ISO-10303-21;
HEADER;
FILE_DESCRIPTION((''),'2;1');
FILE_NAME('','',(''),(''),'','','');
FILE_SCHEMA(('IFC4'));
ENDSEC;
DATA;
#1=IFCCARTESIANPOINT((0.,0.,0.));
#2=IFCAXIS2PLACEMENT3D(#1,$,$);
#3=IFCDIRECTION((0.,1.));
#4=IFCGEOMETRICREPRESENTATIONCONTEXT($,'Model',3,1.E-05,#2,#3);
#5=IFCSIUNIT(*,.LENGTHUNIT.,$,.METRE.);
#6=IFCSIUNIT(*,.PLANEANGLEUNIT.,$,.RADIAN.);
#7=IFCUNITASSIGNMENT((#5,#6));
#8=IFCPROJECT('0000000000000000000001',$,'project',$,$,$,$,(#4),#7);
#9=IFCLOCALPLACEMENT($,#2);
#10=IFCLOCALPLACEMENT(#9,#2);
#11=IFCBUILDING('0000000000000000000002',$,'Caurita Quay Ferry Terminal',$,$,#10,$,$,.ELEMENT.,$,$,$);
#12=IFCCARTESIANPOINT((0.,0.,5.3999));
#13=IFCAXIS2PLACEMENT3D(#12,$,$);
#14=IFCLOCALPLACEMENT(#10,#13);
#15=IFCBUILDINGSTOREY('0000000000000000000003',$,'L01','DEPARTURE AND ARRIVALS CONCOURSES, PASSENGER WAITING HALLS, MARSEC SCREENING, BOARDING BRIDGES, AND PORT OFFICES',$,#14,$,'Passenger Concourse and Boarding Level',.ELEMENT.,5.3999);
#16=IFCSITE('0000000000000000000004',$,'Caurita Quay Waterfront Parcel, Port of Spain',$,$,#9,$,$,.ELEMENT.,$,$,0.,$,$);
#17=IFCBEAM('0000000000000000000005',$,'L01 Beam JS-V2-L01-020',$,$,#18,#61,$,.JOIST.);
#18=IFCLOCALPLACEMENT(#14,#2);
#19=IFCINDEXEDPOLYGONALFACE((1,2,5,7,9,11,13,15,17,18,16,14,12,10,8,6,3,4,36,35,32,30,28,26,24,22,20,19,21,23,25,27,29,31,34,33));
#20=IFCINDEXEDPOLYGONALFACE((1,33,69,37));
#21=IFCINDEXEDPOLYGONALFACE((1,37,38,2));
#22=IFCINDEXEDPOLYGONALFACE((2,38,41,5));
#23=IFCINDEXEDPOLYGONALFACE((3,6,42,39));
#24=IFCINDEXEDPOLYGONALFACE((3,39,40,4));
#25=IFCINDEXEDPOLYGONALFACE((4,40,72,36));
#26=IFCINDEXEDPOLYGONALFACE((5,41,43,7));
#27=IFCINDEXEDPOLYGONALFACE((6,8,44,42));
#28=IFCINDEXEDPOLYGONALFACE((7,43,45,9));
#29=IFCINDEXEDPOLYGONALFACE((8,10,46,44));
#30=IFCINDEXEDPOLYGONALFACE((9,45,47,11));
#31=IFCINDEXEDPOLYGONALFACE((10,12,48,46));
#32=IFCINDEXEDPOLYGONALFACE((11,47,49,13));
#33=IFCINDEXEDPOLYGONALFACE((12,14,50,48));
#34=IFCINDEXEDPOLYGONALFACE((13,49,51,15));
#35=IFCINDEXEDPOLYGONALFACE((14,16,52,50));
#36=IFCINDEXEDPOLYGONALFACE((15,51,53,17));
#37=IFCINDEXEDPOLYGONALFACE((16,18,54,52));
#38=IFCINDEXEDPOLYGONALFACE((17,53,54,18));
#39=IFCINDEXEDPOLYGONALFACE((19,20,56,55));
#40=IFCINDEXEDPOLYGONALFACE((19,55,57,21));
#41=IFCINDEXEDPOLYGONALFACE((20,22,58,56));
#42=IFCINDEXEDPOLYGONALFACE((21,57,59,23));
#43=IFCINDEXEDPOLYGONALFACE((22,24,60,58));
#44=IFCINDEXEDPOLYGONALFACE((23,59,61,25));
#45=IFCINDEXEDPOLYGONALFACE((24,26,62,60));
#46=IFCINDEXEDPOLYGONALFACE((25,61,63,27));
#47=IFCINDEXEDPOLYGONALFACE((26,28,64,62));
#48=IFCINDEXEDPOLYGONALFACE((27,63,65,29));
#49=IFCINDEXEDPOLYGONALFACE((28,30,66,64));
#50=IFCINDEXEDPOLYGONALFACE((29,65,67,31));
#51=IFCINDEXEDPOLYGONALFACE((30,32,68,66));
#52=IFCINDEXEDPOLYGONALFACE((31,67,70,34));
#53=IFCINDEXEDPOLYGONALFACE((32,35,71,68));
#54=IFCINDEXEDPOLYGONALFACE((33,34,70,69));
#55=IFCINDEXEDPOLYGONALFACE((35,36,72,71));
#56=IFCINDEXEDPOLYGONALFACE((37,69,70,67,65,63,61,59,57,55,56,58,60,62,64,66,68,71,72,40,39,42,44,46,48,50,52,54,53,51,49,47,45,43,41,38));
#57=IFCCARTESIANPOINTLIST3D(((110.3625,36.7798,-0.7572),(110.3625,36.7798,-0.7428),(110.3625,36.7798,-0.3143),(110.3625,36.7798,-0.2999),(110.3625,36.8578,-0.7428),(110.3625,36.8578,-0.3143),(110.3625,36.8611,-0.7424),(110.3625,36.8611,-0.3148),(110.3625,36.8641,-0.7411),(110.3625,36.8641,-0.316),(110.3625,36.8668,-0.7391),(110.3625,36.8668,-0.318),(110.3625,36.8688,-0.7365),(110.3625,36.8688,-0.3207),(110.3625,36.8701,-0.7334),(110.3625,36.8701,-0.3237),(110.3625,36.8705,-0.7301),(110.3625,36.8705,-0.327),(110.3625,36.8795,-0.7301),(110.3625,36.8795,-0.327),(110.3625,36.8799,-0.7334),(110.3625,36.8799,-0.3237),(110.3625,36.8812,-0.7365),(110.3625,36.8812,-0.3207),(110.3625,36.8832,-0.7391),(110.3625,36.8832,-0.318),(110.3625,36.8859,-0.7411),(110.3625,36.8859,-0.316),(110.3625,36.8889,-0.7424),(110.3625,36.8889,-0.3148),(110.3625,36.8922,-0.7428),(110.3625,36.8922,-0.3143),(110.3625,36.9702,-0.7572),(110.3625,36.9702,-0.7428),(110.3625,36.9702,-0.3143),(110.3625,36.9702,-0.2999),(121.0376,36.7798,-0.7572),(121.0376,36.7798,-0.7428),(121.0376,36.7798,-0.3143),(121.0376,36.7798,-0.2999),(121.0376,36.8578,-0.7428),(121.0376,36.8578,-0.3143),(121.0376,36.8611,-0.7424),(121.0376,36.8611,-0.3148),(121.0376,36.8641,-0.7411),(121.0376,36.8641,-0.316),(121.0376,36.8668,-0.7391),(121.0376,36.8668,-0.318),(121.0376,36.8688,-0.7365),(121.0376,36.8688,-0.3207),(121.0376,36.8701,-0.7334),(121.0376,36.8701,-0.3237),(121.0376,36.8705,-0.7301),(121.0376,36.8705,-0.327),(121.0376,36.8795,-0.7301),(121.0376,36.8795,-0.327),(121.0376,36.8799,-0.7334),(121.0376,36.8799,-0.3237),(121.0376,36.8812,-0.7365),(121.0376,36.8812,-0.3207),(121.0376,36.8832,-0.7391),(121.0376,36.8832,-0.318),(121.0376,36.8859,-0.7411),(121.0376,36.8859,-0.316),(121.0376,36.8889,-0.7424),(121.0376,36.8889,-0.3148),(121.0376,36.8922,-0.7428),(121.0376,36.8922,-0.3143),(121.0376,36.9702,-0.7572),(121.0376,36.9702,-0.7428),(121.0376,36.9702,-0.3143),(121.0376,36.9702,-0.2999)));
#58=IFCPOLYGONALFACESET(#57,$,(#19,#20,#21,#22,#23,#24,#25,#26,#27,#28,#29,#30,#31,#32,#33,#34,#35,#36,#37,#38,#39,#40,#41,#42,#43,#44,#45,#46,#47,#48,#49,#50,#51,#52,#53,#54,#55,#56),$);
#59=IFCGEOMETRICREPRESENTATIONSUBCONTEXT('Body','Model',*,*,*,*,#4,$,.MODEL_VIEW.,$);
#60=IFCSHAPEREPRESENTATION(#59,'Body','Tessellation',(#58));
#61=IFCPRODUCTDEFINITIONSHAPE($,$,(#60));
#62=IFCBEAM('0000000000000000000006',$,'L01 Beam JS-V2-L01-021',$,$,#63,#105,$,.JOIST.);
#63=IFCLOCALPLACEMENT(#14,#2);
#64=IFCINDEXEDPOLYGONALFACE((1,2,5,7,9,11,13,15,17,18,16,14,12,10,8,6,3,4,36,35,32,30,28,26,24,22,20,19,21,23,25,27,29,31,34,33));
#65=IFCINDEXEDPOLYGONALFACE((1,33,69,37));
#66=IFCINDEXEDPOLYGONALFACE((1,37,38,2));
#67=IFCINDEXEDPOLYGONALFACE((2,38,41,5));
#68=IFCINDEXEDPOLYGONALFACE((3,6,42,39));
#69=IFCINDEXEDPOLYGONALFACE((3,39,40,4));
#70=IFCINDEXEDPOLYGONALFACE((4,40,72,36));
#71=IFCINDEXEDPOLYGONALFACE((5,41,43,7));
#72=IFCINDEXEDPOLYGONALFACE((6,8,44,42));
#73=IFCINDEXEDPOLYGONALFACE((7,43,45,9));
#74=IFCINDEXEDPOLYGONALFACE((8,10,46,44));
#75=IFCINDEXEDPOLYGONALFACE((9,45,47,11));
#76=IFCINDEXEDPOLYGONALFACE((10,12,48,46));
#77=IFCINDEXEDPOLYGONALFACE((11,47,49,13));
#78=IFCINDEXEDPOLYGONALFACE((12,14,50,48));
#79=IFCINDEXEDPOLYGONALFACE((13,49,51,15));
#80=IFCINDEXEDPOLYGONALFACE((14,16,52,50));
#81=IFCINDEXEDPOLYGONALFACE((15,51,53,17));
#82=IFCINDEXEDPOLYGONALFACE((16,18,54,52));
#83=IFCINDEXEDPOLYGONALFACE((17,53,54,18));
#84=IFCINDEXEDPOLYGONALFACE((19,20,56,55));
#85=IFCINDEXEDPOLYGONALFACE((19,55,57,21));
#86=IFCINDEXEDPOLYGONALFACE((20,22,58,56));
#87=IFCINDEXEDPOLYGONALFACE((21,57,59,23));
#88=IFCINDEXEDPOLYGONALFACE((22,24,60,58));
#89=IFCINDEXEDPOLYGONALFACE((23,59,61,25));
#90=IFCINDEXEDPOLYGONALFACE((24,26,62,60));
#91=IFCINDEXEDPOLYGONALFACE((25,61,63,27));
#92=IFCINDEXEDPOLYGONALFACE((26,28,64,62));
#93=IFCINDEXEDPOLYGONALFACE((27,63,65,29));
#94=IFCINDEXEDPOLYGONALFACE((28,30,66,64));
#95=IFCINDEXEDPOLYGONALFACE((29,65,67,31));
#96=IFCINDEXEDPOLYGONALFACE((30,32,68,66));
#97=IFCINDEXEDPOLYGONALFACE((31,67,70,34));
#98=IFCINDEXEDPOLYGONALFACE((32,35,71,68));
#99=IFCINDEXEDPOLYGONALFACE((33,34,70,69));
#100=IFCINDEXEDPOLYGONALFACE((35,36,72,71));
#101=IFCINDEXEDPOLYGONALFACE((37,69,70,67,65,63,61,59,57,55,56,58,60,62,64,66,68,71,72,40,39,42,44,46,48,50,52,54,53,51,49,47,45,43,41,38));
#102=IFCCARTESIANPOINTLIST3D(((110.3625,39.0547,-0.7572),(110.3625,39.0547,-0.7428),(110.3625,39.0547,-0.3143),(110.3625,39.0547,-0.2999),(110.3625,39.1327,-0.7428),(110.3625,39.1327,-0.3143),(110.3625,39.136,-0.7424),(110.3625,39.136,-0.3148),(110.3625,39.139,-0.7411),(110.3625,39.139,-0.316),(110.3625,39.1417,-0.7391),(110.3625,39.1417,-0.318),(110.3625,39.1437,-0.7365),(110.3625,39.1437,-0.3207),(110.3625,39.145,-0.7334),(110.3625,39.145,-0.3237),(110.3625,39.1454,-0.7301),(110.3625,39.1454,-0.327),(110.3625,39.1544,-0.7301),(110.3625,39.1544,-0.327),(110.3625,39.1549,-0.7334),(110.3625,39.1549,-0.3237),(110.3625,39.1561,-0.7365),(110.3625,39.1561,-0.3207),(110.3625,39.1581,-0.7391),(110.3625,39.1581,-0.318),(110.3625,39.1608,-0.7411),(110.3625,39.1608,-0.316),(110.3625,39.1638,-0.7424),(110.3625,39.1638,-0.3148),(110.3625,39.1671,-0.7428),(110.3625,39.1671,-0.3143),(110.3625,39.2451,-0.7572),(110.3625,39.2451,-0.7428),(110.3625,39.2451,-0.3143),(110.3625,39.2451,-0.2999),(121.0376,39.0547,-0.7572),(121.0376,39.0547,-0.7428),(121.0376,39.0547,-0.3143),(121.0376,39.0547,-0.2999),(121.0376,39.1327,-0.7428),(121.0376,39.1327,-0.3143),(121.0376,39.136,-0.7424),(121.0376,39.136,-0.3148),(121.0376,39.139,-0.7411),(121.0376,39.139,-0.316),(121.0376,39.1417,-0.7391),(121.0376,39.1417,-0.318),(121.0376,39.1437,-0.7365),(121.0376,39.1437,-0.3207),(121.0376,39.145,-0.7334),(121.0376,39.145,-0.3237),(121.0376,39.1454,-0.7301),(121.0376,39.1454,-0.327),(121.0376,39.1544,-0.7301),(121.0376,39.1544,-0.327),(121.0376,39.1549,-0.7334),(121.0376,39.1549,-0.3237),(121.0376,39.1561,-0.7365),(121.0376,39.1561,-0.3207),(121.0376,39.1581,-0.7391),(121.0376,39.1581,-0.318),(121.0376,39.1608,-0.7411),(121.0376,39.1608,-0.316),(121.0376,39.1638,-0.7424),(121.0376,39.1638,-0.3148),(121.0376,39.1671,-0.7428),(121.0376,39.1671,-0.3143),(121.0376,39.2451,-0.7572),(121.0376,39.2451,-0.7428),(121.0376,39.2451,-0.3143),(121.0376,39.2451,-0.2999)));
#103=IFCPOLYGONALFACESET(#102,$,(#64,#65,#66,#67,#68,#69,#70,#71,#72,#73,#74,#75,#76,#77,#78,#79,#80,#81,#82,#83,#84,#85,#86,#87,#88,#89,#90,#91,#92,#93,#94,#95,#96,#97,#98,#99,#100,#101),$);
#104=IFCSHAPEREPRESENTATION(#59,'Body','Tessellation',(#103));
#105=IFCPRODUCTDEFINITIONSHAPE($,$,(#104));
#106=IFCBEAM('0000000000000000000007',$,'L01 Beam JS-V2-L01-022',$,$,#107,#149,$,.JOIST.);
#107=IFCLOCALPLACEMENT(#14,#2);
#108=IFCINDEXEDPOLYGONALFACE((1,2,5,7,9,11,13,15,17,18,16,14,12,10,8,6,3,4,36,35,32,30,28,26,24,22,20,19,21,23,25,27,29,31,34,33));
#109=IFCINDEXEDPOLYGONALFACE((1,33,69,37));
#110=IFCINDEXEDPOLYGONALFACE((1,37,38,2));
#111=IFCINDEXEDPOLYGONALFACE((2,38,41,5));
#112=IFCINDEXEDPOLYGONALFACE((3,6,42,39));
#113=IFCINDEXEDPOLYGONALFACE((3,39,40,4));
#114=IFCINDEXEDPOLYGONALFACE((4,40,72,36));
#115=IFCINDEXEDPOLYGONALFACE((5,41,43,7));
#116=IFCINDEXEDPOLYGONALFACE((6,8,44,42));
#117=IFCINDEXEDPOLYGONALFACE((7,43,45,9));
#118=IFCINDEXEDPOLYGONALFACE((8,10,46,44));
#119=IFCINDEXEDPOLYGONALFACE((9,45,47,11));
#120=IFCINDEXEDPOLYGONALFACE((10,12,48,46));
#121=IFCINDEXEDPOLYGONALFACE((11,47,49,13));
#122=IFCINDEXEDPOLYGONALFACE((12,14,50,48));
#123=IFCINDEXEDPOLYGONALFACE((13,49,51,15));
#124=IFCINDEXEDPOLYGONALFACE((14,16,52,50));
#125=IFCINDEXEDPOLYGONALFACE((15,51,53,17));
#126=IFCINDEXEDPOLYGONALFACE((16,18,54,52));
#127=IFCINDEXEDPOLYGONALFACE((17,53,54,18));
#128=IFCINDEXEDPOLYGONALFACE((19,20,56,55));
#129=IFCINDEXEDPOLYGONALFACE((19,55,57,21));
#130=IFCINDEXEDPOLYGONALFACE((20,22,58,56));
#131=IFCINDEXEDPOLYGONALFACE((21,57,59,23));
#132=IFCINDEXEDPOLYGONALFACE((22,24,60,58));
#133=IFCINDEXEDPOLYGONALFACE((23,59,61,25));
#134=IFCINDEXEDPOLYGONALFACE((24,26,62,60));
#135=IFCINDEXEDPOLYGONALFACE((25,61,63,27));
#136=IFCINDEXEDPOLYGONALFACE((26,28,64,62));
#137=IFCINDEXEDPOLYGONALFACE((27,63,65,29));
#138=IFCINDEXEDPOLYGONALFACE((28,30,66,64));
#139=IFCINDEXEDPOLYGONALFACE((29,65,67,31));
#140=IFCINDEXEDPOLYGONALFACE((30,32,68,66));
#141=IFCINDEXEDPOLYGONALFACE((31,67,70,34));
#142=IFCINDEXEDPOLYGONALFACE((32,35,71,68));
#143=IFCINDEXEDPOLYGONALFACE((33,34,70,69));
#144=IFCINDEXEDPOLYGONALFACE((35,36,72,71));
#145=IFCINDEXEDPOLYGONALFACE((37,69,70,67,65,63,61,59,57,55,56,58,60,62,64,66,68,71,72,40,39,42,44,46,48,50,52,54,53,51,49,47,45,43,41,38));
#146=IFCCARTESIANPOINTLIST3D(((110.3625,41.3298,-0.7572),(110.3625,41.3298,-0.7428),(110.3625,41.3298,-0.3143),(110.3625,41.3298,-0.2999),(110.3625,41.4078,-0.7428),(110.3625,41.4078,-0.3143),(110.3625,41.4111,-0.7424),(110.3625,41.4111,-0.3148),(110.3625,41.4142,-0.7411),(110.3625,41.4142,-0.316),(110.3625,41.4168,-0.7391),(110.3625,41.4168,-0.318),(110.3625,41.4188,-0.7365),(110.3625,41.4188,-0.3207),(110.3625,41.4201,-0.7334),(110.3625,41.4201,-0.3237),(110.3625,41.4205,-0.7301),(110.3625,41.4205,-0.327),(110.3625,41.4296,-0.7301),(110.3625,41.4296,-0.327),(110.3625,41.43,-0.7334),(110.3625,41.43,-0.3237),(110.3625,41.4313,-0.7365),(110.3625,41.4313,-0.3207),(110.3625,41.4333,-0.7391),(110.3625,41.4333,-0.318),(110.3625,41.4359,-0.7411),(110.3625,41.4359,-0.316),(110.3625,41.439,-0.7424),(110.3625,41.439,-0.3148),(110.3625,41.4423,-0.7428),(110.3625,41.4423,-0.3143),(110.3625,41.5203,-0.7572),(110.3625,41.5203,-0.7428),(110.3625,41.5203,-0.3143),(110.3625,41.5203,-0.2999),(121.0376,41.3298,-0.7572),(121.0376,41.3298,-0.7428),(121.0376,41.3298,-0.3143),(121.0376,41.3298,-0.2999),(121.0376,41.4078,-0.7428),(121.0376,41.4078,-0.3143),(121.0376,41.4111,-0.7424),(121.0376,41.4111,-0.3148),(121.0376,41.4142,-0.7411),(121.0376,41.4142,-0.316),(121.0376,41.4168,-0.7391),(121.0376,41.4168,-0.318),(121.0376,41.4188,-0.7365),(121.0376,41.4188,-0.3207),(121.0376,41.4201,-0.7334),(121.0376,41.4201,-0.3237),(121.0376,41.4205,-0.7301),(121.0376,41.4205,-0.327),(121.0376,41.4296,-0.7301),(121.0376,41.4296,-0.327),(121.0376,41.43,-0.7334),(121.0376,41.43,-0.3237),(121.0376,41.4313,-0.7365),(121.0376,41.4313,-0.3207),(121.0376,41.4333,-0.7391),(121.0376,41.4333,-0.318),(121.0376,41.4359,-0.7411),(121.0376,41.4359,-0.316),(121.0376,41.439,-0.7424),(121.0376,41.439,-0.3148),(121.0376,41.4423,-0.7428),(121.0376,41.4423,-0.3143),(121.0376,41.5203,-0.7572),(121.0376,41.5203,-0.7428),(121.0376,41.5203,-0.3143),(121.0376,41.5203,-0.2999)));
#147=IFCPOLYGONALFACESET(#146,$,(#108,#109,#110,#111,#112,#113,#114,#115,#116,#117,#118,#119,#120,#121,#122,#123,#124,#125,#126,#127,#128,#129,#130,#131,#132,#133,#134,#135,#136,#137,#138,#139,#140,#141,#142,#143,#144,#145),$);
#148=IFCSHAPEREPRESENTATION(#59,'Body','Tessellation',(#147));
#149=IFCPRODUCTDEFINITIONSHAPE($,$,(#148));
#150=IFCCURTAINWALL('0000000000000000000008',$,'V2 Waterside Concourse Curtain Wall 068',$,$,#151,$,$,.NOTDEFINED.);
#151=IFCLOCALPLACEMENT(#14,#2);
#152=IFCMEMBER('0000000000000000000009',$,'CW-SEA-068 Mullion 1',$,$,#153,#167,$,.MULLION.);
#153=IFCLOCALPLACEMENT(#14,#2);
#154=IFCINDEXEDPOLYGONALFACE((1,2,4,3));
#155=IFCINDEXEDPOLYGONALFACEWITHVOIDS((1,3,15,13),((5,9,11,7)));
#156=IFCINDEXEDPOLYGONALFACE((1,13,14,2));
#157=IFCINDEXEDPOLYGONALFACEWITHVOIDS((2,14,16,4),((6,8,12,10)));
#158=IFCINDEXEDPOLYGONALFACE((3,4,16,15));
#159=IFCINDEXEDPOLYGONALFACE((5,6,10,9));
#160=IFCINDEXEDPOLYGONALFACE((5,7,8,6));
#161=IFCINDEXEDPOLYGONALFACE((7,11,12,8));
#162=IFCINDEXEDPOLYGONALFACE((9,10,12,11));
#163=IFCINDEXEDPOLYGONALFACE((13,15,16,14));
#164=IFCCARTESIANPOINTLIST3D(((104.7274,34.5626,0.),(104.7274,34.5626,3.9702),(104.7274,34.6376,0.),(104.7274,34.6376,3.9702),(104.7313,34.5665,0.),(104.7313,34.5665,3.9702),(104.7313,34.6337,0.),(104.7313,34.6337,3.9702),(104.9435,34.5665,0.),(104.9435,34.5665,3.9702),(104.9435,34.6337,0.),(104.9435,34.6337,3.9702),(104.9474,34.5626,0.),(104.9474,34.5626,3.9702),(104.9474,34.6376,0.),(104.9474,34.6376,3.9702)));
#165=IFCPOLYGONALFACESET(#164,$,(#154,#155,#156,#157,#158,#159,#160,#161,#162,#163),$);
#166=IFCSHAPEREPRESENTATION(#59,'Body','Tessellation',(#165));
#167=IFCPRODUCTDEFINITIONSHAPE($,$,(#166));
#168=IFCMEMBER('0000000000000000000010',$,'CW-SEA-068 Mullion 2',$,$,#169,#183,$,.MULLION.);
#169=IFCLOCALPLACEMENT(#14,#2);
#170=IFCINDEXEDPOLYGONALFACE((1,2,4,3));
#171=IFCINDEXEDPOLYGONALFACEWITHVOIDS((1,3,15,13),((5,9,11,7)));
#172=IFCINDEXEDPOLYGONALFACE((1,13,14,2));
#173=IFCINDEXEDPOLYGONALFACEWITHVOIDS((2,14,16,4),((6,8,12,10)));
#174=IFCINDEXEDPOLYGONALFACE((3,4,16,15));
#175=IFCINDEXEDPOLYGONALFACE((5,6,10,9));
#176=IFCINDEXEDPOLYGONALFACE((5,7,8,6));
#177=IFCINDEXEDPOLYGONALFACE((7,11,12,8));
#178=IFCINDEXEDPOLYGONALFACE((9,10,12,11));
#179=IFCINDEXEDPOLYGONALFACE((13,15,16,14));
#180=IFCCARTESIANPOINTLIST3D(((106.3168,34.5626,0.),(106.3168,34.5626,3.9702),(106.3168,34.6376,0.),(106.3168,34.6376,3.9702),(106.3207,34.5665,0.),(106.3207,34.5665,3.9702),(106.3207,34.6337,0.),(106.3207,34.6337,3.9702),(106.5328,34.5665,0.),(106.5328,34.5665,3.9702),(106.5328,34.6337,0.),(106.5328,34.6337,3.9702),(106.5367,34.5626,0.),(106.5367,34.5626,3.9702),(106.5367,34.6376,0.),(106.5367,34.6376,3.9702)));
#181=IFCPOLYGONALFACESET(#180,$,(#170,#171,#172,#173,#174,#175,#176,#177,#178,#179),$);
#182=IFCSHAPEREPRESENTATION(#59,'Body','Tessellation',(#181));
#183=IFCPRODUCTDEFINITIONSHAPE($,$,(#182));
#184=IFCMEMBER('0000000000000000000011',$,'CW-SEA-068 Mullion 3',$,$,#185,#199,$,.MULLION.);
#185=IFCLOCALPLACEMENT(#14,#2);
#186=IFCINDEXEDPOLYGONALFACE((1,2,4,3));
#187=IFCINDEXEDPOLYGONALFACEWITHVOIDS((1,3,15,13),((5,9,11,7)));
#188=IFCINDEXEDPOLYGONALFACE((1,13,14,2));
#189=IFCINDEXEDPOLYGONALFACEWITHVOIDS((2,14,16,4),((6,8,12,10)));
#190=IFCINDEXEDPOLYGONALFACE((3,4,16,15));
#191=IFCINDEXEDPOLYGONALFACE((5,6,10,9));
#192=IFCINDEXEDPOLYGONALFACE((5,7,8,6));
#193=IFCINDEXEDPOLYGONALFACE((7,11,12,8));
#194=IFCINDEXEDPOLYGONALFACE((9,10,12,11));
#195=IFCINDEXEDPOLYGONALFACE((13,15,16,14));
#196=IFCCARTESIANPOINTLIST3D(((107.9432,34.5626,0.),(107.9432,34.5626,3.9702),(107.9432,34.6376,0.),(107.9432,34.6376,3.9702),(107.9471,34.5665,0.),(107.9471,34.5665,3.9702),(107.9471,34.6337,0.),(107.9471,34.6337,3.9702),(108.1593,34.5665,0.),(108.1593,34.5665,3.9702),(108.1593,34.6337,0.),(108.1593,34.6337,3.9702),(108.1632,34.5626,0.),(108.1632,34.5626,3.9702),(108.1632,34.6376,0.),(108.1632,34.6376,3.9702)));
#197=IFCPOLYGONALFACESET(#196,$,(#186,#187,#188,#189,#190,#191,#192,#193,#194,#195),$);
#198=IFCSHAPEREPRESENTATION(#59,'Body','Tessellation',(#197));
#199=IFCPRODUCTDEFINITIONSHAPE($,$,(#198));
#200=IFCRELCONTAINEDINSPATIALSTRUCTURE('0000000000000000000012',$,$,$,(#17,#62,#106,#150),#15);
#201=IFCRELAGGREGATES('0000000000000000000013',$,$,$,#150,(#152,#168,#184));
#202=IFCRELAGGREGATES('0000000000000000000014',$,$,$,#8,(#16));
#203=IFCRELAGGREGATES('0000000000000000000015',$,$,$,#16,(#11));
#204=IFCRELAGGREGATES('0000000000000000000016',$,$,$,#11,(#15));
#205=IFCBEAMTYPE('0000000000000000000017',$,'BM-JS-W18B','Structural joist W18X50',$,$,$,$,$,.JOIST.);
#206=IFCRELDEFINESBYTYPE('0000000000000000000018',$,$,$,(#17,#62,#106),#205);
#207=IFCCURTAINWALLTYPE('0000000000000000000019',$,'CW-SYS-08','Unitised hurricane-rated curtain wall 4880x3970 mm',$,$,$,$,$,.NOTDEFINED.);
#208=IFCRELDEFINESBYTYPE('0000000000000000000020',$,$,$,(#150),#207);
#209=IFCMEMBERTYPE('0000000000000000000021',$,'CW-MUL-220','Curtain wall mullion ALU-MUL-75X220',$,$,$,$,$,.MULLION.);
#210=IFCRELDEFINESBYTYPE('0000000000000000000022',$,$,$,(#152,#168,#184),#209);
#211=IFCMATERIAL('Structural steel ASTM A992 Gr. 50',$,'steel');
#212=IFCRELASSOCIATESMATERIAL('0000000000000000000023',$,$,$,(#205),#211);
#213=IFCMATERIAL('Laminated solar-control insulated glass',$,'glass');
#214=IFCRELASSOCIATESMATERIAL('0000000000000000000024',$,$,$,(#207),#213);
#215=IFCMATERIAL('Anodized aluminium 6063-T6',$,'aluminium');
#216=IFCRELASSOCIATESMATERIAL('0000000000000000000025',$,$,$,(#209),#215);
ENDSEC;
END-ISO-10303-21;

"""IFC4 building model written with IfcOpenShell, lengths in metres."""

from ifc_helpers import new_model, si_unit, direction, frame, origin, origin_2d, place, context, subcontext, project, spatial, hollow_rectangle, i_section, extrude, material, material_profile, profile_set, type_object, element, aggregate, save


model = new_model("IFC4")

# Units and contexts
model_context = context("Model", 3, precision=1e-05, world=origin(), true_north=direction((0.0, 1.0)))
body_context = subcontext(model_context, "Body", "Model", "MODEL_VIEW")
ifc_project = project(units=[si_unit("LENGTHUNIT", "METRE"), si_unit("PLANEANGLEUNIT", "RADIAN")], contexts=[model_context])

# Site, building, storey
site_placement = place(None, origin())
site = spatial("IfcSite", under=ifc_project, at=site_placement, Name="Caurita Quay Waterfront Parcel, Port of Spain", CompositionType="ELEMENT", RefElevation=0.0)
building_placement = place(site_placement, origin())
building = spatial("IfcBuilding", under=site, at=building_placement, Name="Caurita Quay Ferry Terminal", CompositionType="ELEMENT")
storey_placement = place(building_placement, frame((0.0, 0.0, 5.3999)))
storey = spatial("IfcBuildingStorey", under=building, at=storey_placement, Name="L01", Description="DEPARTURE AND ARRIVALS CONCOURSES, PASSENGER WAITING HALLS, MARSEC SCREENING, BOARDING BRIDGES, AND PORT OFFICES", LongName="Passenger Concourse and Boarding Level", CompositionType="ELEMENT", Elevation=5.3999)

# Beams
ifc_material_1 = material(Name="Structural steel ASTM A992 Gr. 50", Category="steel")
ifc_material_profile_1 = material_profile(ifc_material_1, i_section(OverallWidth=0.1904, OverallDepth=0.4573, WebThickness=0.009, FlangeThickness=0.0144, FilletRadius=0.0127, at=origin_2d()), Name="W18X50")
ifc_profile_set_1 = profile_set([ifc_material_profile_1], Name="Structural steel ASTM A992 Gr. 50")
beam_type_1 = type_object("IfcBeamType", Name="BM-JS-W18B", Description="Structural joist W18X50", PredefinedType="JOIST", material=ifc_profile_set_1)
for number, where, z_axis, x_axis, name in (
    (1, (110.3625, 36.875, -0.5286), (1.0, 0.0, 0.0), (0.0, 1.0, 0.0), "L01 Beam JS-V2-L01-020"),
    (2, (110.3625, 39.1499, -0.5286), (1.0, 0.0, 0.0), (0.0, 1.0, 0.0), "L01 Beam JS-V2-L01-021"),
    (3, (110.3625, 41.425, -0.5286), (1.0, 0.0, 0.0), (0.0, 1.0, 0.0), "L01 Beam JS-V2-L01-022"),
):
    element("IfcBeam", number, at=place(storey_placement, frame(where, z_axis=z_axis, x_axis=x_axis)), inside=storey, type_object=beam_type_1, Name=name, PredefinedType="JOIST", context=body_context, shape_type="SweptSolid", body=[
        extrude(i_section(OverallWidth=0.1904, OverallDepth=0.4573, WebThickness=0.009, FlangeThickness=0.0144, FilletRadius=0.0127, at=origin_2d()), origin(), (0.0, 0.0, 1.0), 10.675),
    ])

# Curtain wall, members
ifc_material_2 = material(Name="Laminated solar-control insulated glass", Category="glass")
curtain_wall_type = type_object("IfcCurtainWallType", Name="CW-SYS-08", Description="Unitised hurricane-rated curtain wall 4880x3970 mm", PredefinedType="NOTDEFINED", material=ifc_material_2)
curtain_wall_placement = place(storey_placement, origin())
curtain_wall = element("IfcCurtainWall", 4, at=curtain_wall_placement, inside=storey, type_object=curtain_wall_type, Name="V2 Waterside Concourse Curtain Wall 068", PredefinedType="NOTDEFINED")
ifc_material_3 = material(Name="Anodized aluminium 6063-T6", Category="aluminium")
ifc_material_profile_2 = material_profile(ifc_material_3, hollow_rectangle(XDim=0.075, YDim=0.22, WallThickness=0.0039, at=origin_2d()), Name="ALU-MUL-75X220")
ifc_profile_set_2 = profile_set([ifc_material_profile_2], Name="Anodized aluminium 6063-T6")
member_type_1 = type_object("IfcMemberType", Name="CW-MUL-220", Description="Curtain wall mullion ALU-MUL-75X220", PredefinedType="MULLION", material=ifc_profile_set_2)
member_1_placement = place(storey_placement, frame((104.8374, 34.6001, 0.0), z_axis=(0.0, 0.0, 1.0), x_axis=(0.0, 1.0, 0.0)))
member_1 = element("IfcMember", 5, at=member_1_placement, type_object=member_type_1, Name="CW-SEA-068 Mullion 1", PredefinedType="MULLION", context=body_context, shape_type="SweptSolid", body=[
    extrude(hollow_rectangle(XDim=0.075, YDim=0.22, WallThickness=0.0039, at=origin_2d()), origin(), (0.0, 0.0, 1.0), 3.9702),
])
member_2_placement = place(storey_placement, frame((106.4268, 34.6001, 0.0), z_axis=(0.0, 0.0, 1.0), x_axis=(0.0, 1.0, 0.0)))
member_2 = element("IfcMember", 6, at=member_2_placement, type_object=member_type_1, Name="CW-SEA-068 Mullion 2", PredefinedType="MULLION", context=body_context, shape_type="SweptSolid", body=[
    extrude(hollow_rectangle(XDim=0.075, YDim=0.22, WallThickness=0.0039, at=origin_2d()), origin(), (0.0, 0.0, 1.0), 3.9702),
])
member_3_placement = place(storey_placement, frame((108.0532, 34.6001, 0.0), z_axis=(0.0, 0.0, 1.0), x_axis=(0.0, 1.0, 0.0)))
member_3 = element("IfcMember", 7, at=member_3_placement, type_object=member_type_1, Name="CW-SEA-068 Mullion 3", PredefinedType="MULLION", context=body_context, shape_type="SweptSolid", body=[
    extrude(hollow_rectangle(XDim=0.075, YDim=0.22, WallThickness=0.0039, at=origin_2d()), origin(), (0.0, 0.0, 1.0), 3.9702),
])
aggregate(curtain_wall, [member_1, member_2, member_3])

save(model, "model.ifc")
